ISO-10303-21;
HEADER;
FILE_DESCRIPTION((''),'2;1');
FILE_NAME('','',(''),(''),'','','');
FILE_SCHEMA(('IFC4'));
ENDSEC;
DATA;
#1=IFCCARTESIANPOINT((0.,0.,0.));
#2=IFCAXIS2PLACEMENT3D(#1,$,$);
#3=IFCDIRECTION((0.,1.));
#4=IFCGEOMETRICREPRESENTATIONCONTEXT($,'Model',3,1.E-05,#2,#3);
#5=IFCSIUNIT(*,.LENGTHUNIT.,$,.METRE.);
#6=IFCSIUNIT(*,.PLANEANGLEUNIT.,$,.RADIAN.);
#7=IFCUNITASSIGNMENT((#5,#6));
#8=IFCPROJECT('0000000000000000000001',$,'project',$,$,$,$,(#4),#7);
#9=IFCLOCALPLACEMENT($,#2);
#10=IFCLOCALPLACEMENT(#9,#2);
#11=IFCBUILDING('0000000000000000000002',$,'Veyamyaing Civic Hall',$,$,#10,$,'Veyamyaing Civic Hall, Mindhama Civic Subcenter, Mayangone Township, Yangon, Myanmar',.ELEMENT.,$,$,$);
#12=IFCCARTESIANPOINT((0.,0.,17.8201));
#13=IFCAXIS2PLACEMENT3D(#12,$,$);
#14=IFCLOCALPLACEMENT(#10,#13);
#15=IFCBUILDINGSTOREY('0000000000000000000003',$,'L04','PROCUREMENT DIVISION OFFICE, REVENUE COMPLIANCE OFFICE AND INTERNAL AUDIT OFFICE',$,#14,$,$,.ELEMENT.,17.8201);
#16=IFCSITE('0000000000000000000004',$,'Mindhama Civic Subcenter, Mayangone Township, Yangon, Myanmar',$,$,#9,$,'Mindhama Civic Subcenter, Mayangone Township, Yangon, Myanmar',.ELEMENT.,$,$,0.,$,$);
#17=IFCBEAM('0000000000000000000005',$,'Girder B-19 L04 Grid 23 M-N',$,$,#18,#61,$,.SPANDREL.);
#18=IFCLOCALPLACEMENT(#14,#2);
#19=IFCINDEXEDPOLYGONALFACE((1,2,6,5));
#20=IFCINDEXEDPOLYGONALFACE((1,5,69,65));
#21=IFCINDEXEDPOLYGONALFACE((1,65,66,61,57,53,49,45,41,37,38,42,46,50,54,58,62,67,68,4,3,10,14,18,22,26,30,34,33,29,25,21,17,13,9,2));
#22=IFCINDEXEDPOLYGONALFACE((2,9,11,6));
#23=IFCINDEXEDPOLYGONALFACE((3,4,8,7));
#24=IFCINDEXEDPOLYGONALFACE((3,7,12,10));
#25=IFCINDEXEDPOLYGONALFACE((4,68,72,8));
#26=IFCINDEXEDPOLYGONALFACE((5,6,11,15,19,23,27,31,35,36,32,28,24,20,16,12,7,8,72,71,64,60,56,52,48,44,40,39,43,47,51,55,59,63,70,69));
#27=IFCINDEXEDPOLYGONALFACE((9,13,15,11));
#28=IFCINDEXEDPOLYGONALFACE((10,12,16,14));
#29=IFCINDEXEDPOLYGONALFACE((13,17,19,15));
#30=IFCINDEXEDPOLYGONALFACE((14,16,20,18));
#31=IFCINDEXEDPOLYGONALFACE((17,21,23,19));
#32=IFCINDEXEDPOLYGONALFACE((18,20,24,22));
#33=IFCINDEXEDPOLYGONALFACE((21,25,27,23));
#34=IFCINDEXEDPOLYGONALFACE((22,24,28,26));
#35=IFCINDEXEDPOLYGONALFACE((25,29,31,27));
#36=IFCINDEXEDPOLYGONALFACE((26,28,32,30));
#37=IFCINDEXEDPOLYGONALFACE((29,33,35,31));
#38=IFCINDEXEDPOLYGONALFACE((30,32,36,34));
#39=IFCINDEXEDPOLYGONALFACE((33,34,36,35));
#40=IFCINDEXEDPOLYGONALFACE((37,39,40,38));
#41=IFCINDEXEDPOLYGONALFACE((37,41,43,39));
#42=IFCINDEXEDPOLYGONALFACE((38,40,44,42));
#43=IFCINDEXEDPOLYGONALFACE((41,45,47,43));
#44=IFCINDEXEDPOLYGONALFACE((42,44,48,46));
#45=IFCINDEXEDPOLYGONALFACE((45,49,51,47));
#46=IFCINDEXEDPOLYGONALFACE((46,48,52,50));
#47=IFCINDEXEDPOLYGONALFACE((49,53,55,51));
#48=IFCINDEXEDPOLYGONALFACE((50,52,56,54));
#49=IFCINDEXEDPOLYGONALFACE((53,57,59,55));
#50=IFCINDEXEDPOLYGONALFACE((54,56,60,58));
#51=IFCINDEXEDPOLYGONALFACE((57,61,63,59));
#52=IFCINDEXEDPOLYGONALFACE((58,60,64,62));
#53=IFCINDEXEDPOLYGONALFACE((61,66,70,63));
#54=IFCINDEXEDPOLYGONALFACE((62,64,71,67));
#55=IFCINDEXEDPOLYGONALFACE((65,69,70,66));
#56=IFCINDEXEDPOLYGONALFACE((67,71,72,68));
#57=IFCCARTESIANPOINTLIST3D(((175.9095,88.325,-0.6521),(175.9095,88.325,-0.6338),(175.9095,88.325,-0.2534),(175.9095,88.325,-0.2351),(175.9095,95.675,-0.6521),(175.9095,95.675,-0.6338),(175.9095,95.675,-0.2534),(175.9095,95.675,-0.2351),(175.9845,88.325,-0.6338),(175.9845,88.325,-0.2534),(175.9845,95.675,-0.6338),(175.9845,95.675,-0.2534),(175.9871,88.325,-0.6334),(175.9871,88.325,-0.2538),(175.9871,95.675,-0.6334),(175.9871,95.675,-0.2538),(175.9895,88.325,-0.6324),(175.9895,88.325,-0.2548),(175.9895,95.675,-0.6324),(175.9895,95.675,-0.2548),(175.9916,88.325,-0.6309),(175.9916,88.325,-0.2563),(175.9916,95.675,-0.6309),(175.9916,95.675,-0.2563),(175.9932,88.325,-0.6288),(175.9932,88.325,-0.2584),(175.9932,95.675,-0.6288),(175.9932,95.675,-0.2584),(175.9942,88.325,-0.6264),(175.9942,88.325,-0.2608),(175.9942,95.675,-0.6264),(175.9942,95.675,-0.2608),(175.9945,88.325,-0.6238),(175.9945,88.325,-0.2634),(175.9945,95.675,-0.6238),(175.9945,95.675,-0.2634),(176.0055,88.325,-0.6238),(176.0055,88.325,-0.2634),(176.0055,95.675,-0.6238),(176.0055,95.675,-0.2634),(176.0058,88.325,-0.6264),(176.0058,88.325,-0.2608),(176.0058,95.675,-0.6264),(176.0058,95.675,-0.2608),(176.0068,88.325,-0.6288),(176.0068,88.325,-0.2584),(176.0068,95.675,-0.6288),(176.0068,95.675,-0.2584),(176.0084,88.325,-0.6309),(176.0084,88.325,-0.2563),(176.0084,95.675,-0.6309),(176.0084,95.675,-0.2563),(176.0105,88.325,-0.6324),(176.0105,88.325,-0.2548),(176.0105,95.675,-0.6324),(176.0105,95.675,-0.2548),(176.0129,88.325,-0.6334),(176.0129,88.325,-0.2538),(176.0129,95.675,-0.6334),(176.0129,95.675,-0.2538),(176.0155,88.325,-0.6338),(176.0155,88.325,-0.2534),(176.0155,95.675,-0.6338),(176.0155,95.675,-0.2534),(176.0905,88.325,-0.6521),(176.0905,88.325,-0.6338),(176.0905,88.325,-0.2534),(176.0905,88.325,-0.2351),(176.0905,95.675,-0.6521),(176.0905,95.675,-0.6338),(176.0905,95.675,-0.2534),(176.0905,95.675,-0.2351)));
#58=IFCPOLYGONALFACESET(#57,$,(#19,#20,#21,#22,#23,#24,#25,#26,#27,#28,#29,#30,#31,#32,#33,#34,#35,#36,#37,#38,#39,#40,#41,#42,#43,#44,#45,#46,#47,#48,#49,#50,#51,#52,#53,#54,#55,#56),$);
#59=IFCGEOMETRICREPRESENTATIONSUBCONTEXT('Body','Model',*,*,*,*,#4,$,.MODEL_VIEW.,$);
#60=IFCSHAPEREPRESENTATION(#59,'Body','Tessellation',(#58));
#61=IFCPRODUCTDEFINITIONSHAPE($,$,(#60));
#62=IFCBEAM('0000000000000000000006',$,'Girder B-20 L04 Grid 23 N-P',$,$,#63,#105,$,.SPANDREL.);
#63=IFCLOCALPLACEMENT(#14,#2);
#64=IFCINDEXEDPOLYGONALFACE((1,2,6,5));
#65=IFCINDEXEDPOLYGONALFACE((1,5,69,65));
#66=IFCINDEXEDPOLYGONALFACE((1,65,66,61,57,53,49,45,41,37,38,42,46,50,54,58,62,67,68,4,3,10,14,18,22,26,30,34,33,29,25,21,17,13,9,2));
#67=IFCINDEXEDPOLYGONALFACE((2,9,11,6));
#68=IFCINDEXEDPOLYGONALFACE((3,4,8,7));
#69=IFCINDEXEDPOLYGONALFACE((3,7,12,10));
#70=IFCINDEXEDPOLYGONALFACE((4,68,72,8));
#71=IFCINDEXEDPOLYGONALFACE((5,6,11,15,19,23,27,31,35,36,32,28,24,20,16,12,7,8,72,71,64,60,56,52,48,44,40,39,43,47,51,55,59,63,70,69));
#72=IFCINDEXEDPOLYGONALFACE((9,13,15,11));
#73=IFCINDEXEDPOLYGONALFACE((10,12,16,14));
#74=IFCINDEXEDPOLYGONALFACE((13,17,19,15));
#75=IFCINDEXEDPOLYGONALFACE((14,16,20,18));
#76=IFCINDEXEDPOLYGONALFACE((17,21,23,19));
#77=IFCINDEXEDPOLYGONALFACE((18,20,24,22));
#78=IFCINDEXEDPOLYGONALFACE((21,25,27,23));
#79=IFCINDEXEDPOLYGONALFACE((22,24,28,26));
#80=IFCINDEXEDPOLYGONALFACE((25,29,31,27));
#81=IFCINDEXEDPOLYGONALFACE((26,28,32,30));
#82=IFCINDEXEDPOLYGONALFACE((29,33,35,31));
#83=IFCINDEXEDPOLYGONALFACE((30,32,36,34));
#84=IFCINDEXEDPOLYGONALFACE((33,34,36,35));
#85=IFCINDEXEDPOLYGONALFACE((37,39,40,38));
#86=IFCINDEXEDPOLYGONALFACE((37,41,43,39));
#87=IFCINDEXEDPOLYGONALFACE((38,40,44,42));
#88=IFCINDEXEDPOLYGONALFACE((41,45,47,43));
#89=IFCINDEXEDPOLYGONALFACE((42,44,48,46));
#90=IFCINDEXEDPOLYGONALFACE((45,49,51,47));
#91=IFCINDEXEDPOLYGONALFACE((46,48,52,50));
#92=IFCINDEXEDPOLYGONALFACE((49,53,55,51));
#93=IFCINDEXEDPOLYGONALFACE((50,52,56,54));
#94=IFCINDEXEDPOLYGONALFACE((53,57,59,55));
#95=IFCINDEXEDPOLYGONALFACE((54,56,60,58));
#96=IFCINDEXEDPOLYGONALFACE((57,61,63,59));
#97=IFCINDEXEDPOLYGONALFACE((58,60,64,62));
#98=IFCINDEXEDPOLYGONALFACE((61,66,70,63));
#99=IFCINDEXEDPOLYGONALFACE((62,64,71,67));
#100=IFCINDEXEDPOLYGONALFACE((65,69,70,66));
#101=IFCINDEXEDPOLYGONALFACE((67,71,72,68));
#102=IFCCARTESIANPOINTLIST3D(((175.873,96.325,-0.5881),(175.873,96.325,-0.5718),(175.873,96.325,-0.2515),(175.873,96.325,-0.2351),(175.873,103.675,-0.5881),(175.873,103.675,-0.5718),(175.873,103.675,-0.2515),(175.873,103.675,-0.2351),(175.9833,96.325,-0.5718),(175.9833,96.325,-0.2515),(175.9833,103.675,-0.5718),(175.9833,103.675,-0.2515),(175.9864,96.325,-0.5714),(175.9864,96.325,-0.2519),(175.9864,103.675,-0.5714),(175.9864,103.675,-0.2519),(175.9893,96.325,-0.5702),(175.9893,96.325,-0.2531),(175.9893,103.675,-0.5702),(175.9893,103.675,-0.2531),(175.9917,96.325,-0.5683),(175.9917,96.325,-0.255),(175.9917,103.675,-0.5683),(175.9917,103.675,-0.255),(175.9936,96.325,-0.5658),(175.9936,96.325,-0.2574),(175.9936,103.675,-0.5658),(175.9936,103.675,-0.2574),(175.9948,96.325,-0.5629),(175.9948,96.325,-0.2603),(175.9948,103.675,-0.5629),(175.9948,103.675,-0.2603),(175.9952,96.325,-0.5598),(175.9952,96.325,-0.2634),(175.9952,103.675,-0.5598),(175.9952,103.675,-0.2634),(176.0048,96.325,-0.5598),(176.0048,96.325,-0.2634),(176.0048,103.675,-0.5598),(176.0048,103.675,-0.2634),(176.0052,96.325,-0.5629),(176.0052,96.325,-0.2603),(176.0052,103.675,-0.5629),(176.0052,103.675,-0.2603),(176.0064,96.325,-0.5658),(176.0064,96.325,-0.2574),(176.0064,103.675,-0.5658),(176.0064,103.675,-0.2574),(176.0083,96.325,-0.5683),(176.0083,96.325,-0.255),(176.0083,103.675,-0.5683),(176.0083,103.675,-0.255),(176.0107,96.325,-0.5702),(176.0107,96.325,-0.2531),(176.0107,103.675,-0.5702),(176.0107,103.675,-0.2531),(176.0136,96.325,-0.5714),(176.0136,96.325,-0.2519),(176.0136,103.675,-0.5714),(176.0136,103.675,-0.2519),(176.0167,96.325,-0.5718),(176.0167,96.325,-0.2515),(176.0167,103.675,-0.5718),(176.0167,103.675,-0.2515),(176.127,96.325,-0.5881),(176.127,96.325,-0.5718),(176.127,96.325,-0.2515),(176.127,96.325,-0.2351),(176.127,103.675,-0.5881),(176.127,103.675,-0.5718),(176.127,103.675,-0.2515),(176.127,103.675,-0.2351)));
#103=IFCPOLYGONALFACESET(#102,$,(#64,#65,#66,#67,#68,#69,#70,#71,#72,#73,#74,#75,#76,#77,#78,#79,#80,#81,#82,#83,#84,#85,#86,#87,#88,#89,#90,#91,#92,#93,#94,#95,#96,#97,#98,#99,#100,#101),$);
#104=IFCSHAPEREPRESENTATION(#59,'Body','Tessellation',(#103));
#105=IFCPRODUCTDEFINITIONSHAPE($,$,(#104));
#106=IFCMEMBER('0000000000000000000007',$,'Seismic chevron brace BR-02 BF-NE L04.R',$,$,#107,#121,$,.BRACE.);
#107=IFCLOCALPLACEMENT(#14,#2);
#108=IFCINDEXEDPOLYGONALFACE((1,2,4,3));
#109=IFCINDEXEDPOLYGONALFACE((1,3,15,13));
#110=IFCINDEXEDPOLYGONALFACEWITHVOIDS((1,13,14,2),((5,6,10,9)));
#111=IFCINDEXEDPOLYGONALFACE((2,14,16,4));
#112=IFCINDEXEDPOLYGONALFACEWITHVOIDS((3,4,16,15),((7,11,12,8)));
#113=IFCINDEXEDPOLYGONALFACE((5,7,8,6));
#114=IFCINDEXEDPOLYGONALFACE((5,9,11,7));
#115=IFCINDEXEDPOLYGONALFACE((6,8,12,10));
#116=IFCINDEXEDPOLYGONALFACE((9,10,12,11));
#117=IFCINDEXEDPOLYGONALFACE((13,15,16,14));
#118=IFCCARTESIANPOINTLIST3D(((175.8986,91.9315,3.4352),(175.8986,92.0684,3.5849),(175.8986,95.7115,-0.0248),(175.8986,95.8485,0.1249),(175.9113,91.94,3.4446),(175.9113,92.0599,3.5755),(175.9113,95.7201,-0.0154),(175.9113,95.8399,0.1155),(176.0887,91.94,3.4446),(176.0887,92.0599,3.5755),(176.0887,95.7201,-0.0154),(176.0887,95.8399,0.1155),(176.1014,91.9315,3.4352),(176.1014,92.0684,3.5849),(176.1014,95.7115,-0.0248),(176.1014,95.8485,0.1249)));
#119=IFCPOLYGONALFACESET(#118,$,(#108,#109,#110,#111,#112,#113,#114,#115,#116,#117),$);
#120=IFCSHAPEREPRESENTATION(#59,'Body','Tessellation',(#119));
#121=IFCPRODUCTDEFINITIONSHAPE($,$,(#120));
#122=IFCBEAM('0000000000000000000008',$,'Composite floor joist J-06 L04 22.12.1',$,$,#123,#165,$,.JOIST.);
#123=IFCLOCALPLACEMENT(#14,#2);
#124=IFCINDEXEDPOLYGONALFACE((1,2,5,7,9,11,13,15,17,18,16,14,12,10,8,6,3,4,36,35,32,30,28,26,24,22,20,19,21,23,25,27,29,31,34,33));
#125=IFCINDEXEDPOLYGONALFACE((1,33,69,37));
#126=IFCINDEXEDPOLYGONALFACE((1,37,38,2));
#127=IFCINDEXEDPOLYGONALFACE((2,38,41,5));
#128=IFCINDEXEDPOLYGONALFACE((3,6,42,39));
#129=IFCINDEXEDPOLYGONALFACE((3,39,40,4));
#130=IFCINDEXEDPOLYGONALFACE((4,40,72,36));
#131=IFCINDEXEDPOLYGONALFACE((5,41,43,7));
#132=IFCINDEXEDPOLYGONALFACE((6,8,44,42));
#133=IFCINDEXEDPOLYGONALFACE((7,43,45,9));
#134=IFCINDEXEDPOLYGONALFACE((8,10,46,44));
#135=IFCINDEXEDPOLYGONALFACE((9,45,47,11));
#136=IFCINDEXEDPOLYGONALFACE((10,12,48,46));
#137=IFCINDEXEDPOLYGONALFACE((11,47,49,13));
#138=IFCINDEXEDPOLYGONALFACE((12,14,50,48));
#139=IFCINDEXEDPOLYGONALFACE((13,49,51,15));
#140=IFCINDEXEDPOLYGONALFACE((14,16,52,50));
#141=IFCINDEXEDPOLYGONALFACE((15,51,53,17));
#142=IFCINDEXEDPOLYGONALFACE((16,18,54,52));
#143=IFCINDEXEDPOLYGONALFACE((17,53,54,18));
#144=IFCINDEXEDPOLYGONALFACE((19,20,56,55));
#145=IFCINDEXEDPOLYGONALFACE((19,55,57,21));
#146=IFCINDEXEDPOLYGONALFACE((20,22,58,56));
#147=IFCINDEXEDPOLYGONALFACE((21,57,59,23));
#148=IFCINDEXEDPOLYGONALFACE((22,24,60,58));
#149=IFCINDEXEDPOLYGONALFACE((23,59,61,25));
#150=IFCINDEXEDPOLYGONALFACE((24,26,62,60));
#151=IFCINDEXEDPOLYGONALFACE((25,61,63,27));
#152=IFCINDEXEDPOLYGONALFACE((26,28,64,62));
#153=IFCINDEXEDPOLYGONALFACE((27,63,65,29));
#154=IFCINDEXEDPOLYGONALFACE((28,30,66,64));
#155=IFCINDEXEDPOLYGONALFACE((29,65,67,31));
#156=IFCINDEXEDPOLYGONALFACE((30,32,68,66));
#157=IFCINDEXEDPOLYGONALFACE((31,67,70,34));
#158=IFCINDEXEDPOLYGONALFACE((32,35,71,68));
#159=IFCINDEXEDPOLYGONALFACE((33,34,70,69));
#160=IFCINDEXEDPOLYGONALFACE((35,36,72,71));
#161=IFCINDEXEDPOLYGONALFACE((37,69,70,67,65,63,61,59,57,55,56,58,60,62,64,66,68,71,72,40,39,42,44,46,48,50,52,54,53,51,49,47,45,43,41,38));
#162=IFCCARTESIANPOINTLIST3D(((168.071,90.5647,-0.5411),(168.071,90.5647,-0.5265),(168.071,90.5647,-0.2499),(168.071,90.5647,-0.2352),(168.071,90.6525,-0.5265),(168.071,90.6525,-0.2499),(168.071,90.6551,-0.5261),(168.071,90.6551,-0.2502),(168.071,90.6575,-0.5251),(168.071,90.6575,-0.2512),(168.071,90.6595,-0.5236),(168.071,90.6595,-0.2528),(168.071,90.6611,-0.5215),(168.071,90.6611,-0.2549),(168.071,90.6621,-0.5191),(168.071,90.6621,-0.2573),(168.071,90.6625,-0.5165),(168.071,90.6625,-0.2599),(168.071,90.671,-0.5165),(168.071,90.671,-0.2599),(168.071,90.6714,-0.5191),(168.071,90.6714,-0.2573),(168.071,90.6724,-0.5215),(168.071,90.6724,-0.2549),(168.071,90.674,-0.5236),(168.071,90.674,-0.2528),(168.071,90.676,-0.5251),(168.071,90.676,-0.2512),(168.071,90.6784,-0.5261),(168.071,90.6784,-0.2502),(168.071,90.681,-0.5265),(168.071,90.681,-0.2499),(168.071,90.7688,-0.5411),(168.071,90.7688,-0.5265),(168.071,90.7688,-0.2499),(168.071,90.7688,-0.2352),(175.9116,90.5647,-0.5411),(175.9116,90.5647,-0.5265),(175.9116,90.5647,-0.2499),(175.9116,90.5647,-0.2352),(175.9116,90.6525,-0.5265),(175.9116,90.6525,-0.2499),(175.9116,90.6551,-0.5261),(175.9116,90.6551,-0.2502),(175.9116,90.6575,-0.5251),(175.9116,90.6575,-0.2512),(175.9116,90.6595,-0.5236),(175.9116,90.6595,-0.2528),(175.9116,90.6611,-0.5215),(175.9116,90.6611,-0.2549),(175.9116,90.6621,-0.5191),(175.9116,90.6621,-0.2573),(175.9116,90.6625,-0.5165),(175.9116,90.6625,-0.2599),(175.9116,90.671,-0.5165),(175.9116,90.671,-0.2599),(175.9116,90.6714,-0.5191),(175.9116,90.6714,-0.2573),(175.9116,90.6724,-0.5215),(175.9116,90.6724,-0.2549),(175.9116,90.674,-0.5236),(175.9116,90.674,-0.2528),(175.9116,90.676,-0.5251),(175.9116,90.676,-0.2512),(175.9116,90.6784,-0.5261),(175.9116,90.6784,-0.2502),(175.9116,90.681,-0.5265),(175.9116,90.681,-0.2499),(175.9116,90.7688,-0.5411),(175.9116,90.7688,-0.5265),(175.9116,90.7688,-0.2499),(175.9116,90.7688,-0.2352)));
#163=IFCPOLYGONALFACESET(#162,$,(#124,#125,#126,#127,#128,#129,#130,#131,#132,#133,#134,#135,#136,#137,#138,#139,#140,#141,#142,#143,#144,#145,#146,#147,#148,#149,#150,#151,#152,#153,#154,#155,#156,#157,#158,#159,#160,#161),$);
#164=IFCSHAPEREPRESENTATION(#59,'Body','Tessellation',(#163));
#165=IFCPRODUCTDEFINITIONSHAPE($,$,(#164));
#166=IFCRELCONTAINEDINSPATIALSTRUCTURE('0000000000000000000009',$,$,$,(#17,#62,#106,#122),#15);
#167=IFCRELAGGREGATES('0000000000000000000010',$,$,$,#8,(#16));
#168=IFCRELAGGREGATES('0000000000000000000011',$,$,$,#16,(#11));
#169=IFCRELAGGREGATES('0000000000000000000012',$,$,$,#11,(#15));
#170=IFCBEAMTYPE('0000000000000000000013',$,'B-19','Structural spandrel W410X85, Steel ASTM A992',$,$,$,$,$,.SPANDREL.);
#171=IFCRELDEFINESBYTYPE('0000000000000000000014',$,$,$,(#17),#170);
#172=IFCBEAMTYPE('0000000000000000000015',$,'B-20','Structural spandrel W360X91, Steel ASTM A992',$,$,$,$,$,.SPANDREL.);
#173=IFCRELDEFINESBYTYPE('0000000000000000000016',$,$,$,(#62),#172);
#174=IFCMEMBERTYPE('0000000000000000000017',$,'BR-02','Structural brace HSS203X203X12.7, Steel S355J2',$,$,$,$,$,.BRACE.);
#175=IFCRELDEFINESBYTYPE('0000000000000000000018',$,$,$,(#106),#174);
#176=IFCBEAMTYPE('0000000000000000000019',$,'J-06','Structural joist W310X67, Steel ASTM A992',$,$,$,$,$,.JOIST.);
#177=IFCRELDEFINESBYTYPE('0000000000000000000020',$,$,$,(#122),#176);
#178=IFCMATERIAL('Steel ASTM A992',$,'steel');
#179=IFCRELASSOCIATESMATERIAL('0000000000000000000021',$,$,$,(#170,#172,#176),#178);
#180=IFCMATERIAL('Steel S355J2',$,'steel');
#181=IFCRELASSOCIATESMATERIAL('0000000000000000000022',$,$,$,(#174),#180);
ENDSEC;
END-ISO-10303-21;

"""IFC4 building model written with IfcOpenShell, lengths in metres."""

from ifc_helpers import new_model, si_unit, direction, frame, origin, origin_2d, place, context, subcontext, project, spatial, hollow_rectangle, i_section, extrude, material, material_profile, profile_set, type_object, element, save


model = new_model("IFC4")

# Units and contexts
model_context = context("Model", 3, precision=1e-05, world=origin(), true_north=direction((0.0, 1.0)))
body_context = subcontext(model_context, "Body", "Model", "MODEL_VIEW")
ifc_project = project(units=[si_unit("LENGTHUNIT", "METRE"), si_unit("PLANEANGLEUNIT", "RADIAN")], contexts=[model_context])

# Site, building, storey
site_placement = place(None, origin())
site = spatial("IfcSite", under=ifc_project, at=site_placement, Name="Mindhama Civic Subcenter, Mayangone Township, Yangon, Myanmar", LongName="Mindhama Civic Subcenter, Mayangone Township, Yangon, Myanmar", CompositionType="ELEMENT", RefElevation=0.0)
building_placement = place(site_placement, origin())
building = spatial("IfcBuilding", under=site, at=building_placement, Name="Veyamyaing Civic Hall", LongName="Veyamyaing Civic Hall, Mindhama Civic Subcenter, Mayangone Township, Yangon, Myanmar", CompositionType="ELEMENT")
storey_placement = place(building_placement, frame((0.0, 0.0, 17.8201)))
storey = spatial("IfcBuildingStorey", under=building, at=storey_placement, Name="L04", Description="PROCUREMENT DIVISION OFFICE, REVENUE COMPLIANCE OFFICE AND INTERNAL AUDIT OFFICE", CompositionType="ELEMENT", Elevation=17.8201)

# Beams
ifc_material_1 = material(Name="Steel ASTM A992", Category="steel")
ifc_material_profile_1 = material_profile(ifc_material_1, i_section(OverallWidth=0.1809, OverallDepth=0.417, WebThickness=0.011, FlangeThickness=0.0183, FilletRadius=0.01, at=origin_2d()), Name="W410X85")
ifc_profile_set_1 = profile_set([ifc_material_profile_1], Name="Steel ASTM A992")
beam_type_1 = type_object("IfcBeamType", Name="B-19", Description="Structural spandrel W410X85, Steel ASTM A992", PredefinedType="SPANDREL", material=ifc_profile_set_1)
beam_1_placement = place(storey_placement, frame((176.0, 88.325, -0.4436), z_axis=(0.0, 1.0, 0.0), x_axis=(-1.0, 0.0, 0.0)))
element("IfcBeam", 1, at=beam_1_placement, inside=storey, type_object=beam_type_1, Name="Girder B-19 L04 Grid 23 M-N", PredefinedType="SPANDREL", context=body_context, shape_type="SweptSolid", body=[
    extrude(i_section(OverallWidth=0.1809, OverallDepth=0.417, WebThickness=0.011, FlangeThickness=0.0183, FilletRadius=0.01, at=origin_2d()), origin(), (0.0, 0.0, 1.0), 7.3501),
])
ifc_material_profile_2 = material_profile(ifc_material_1, i_section(OverallWidth=0.2539, OverallDepth=0.353, WebThickness=0.0095, FlangeThickness=0.0164, FilletRadius=0.012, at=origin_2d()), Name="W360X91")
ifc_profile_set_2 = profile_set([ifc_material_profile_2], Name="Steel ASTM A992")
beam_type_2 = type_object("IfcBeamType", Name="B-20", Description="Structural spandrel W360X91, Steel ASTM A992", PredefinedType="SPANDREL", material=ifc_profile_set_2)
beam_2_placement = place(storey_placement, frame((176.0, 96.325, -0.4116), z_axis=(0.0, 1.0, 0.0), x_axis=(-1.0, 0.0, 0.0)))
element("IfcBeam", 2, at=beam_2_placement, inside=storey, type_object=beam_type_2, Name="Girder B-20 L04 Grid 23 N-P", PredefinedType="SPANDREL", context=body_context, shape_type="SweptSolid", body=[
    extrude(i_section(OverallWidth=0.2539, OverallDepth=0.353, WebThickness=0.0095, FlangeThickness=0.0164, FilletRadius=0.012, at=origin_2d()), origin(), (0.0, 0.0, 1.0), 7.3501),
])

# Member
ifc_material_2 = material(Name="Steel S355J2", Category="steel")
ifc_material_profile_3 = material_profile(ifc_material_2, hollow_rectangle(XDim=0.2029, YDim=0.2029, WallThickness=0.0127, at=origin_2d()), Name="HSS203X203X12.7")
ifc_profile_set_3 = profile_set([ifc_material_profile_3], Name="Steel S355J2")
member_type = type_object("IfcMemberType", Name="BR-02", Description="Structural brace HSS203X203X12.7, Steel S355J2", PredefinedType="BRACE", material=ifc_profile_set_3)
member_placement = place(storey_placement, frame((176.0, 95.78, 0.05), z_axis=(0.0, -0.737646, 0.675187), x_axis=(1.0, 0.0, 0.0)))
element("IfcMember", 3, at=member_placement, inside=storey, type_object=member_type, Name="Seismic chevron brace BR-02 BF-NE L04.R", PredefinedType="BRACE", context=body_context, shape_type="SweptSolid", body=[
    extrude(hollow_rectangle(XDim=0.2029, YDim=0.2029, WallThickness=0.0127, at=origin_2d()), origin(), (0.0, 0.0, 1.0), 5.1245),
])

# Beam
ifc_material_profile_4 = material_profile(ifc_material_1, i_section(OverallWidth=0.2041, OverallDepth=0.3059, WebThickness=0.0085, FlangeThickness=0.0146, FilletRadius=0.01, at=origin_2d()), Name="W310X67")
ifc_profile_set_4 = profile_set([ifc_material_profile_4], Name="Steel ASTM A992")
beam_type_3 = type_object("IfcBeamType", Name="J-06", Description="Structural joist W310X67, Steel ASTM A992", PredefinedType="JOIST", material=ifc_profile_set_4)
for number, where, z_axis, x_axis, name in (
    (4, (168.071, 90.6667, -0.3882), (1.0, 0.0, 0.0), (0.0, 1.0, 0.0), "Composite floor joist J-06 L04 22.12.1"),
):
    element("IfcBeam", number, at=place(storey_placement, frame(where, z_axis=z_axis, x_axis=x_axis)), inside=storey, type_object=beam_type_3, Name=name, PredefinedType="JOIST", context=body_context, shape_type="SweptSolid", body=[
        extrude(i_section(OverallWidth=0.2041, OverallDepth=0.3059, WebThickness=0.0085, FlangeThickness=0.0146, FilletRadius=0.01, at=origin_2d()), origin(), (0.0, 0.0, 1.0), 7.8406),
    ])

save(model, "model.ifc")
